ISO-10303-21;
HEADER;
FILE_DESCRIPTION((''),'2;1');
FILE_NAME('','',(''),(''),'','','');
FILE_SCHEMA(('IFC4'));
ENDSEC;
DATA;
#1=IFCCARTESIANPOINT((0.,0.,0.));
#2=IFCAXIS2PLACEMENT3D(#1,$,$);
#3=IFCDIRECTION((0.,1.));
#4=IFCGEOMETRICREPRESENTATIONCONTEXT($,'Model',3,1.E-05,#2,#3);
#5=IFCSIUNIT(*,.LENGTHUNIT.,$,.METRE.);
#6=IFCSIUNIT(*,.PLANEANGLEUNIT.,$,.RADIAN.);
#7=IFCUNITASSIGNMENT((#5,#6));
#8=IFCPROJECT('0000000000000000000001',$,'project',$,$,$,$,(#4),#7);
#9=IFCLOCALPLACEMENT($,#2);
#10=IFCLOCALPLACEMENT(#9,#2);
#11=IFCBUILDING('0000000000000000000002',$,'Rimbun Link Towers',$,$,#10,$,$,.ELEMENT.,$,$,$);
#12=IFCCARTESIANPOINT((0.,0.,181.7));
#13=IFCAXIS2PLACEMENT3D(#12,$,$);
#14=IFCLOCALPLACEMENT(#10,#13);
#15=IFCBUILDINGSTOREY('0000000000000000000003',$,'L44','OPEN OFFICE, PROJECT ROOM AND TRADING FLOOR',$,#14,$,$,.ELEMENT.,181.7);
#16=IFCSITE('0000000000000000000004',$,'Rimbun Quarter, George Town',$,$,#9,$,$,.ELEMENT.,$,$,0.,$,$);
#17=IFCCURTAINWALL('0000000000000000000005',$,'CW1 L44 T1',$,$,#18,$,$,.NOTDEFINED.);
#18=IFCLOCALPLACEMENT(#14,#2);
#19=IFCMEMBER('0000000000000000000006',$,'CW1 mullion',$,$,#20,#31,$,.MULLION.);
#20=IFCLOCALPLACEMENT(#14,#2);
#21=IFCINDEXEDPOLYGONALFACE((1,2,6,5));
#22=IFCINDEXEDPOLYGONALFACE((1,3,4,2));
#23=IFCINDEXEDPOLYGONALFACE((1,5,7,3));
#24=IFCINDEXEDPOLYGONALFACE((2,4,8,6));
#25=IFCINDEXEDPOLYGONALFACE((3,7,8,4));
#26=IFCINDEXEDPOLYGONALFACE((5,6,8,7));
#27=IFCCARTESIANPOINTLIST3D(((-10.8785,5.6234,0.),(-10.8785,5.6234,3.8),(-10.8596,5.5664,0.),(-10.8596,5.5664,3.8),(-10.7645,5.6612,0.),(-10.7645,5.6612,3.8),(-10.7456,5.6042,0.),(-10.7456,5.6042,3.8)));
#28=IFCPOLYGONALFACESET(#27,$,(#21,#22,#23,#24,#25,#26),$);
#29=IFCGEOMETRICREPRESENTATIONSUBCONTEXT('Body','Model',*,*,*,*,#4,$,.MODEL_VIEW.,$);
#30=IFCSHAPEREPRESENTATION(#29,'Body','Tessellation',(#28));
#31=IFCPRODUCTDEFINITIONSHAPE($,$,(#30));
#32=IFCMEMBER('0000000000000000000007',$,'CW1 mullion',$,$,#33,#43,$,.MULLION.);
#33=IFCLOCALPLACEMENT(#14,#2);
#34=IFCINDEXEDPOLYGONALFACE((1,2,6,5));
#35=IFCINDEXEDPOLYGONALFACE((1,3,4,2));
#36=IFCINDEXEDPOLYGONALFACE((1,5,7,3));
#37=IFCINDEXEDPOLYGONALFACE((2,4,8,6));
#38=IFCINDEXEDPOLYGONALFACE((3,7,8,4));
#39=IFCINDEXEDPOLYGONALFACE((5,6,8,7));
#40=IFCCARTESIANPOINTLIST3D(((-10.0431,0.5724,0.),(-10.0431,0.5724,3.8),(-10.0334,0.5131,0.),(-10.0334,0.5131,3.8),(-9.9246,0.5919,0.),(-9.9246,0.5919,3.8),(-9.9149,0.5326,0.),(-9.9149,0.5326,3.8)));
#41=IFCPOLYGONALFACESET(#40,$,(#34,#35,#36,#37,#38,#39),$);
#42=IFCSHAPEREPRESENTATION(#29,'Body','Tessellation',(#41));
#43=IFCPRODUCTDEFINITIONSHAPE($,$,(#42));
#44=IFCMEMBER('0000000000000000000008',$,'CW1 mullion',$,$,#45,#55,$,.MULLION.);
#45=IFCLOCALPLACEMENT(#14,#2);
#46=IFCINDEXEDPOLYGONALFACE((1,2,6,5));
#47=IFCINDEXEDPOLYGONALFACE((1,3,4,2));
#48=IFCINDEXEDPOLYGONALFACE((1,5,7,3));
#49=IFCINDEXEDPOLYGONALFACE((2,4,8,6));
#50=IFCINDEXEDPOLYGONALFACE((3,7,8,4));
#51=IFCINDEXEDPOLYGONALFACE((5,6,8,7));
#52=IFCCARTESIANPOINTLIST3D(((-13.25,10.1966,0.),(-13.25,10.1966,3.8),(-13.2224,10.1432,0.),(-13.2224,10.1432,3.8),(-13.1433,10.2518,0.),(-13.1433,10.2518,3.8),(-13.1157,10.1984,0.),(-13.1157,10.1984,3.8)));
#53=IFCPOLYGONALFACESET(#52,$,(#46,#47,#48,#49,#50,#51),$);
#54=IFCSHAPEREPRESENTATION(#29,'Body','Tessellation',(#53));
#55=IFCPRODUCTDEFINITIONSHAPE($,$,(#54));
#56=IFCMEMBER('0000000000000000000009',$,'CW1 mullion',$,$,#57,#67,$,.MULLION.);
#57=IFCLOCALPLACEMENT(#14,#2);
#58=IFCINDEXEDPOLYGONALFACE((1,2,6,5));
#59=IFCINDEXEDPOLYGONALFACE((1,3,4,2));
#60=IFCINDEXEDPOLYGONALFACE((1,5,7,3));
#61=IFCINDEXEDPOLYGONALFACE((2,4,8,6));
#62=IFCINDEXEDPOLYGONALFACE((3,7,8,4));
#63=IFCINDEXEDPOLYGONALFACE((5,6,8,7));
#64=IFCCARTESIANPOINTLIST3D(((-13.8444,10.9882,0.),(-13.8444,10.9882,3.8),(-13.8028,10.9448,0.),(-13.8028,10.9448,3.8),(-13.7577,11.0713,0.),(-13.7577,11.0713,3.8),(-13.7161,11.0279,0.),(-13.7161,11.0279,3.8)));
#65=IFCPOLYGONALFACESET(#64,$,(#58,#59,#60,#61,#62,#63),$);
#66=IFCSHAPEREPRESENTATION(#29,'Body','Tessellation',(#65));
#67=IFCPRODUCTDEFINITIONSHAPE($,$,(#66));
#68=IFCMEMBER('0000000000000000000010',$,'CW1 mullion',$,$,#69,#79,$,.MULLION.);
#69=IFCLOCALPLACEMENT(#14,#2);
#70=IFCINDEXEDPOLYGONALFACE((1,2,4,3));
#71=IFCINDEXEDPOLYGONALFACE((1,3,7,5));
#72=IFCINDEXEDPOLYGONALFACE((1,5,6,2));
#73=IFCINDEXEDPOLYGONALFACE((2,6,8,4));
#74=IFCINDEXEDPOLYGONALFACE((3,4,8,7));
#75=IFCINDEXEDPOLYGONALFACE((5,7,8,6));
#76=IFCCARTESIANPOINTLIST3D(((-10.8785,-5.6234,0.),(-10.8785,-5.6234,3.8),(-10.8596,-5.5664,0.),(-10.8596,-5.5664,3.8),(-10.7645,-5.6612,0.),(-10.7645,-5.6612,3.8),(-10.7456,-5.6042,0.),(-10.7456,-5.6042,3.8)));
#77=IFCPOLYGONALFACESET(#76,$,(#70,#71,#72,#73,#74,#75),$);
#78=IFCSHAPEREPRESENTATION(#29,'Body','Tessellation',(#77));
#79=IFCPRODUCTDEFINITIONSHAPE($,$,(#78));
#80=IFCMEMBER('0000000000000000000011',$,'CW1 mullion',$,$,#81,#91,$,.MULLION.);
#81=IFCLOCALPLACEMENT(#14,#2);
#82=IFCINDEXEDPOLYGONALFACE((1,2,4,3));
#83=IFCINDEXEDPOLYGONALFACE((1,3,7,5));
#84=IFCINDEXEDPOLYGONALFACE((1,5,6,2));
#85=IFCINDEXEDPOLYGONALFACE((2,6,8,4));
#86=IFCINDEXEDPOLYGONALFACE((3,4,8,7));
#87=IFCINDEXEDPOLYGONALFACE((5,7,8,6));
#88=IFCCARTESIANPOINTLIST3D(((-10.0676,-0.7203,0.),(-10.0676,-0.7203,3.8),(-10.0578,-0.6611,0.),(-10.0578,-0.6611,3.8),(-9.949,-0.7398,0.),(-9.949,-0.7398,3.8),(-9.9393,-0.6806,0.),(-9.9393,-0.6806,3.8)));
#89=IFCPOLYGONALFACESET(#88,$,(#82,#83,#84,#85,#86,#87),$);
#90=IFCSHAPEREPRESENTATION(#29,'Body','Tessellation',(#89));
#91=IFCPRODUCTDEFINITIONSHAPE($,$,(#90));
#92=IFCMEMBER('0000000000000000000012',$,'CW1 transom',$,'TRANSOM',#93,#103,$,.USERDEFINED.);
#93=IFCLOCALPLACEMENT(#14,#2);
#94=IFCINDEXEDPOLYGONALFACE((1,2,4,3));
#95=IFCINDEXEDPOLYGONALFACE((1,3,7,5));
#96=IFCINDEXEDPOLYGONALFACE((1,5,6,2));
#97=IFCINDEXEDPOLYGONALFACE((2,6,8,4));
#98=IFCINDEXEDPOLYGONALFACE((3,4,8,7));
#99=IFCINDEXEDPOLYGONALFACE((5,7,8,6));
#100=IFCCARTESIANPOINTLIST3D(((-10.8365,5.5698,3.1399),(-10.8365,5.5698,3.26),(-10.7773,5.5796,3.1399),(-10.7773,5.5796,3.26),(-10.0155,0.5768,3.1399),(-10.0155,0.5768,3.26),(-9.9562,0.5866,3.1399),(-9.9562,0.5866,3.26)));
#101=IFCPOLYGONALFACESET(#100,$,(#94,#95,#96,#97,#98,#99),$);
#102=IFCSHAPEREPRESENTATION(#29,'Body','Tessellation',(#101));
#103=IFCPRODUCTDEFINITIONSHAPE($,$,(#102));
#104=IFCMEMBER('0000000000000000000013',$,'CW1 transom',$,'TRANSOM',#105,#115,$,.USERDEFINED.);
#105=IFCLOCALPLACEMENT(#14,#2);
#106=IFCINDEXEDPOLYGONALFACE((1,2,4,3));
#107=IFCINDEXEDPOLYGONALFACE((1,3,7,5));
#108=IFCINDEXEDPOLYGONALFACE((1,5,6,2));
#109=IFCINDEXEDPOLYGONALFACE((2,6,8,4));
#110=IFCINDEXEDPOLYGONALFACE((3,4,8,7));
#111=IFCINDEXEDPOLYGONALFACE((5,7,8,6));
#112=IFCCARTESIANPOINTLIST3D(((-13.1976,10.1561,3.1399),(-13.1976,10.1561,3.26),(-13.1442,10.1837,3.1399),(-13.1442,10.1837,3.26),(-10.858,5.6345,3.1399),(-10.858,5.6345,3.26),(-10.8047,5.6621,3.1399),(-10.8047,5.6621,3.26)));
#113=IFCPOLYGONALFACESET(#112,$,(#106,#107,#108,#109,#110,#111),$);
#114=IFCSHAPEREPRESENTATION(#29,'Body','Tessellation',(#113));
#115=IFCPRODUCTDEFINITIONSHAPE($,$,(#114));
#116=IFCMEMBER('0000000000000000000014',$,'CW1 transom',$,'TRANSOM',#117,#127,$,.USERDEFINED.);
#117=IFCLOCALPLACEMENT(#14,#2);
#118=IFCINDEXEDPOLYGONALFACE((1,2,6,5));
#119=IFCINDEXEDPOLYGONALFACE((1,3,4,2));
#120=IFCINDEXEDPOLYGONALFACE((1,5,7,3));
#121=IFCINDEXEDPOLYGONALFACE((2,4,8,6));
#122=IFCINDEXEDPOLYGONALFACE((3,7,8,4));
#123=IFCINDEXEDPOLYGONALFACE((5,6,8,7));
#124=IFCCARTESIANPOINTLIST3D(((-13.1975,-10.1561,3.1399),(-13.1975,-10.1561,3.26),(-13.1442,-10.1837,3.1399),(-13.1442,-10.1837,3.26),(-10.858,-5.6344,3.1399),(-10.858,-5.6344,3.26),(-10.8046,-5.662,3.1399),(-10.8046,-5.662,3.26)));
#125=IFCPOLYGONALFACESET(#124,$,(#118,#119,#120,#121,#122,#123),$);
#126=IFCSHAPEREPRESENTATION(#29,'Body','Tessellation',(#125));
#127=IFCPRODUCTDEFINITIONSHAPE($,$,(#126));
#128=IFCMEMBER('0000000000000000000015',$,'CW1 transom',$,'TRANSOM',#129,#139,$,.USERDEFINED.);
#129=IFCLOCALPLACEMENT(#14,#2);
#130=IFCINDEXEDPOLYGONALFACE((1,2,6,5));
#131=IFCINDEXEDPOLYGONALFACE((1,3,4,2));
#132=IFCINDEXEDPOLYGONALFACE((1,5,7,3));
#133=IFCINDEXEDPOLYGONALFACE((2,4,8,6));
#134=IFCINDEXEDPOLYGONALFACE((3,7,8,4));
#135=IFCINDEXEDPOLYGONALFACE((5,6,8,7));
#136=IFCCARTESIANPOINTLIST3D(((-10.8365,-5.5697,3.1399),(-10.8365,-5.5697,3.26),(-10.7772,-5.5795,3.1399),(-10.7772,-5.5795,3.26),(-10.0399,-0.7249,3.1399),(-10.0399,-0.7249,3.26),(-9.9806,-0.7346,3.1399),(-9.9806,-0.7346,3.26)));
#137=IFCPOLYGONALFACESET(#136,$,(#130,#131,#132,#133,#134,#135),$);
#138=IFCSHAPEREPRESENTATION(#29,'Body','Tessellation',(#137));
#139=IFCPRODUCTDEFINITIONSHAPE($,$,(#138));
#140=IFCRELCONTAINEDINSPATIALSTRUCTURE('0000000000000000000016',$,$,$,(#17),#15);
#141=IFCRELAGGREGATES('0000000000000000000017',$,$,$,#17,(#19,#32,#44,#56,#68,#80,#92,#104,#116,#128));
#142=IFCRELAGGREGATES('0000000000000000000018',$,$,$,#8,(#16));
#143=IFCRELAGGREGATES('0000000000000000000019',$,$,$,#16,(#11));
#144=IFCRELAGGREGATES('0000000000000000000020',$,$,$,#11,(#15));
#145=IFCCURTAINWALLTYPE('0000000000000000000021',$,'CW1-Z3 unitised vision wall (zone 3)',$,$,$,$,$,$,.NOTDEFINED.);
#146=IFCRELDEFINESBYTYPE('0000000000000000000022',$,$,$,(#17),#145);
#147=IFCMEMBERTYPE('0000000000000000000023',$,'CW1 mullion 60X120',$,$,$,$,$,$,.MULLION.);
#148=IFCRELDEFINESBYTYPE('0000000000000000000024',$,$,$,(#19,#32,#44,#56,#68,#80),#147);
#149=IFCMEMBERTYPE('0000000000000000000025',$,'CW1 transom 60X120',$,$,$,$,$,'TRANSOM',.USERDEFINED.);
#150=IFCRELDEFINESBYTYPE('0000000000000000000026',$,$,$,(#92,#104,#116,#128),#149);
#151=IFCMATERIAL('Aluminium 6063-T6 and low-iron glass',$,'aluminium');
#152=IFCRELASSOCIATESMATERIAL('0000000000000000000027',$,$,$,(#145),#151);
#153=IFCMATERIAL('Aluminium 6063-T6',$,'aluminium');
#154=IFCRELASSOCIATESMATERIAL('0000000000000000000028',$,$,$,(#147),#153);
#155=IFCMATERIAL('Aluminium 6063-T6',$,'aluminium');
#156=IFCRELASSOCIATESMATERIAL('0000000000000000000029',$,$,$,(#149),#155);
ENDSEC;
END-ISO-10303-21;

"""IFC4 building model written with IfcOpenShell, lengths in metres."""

from ifc_helpers import new_model, si_unit, direction, frame, origin, origin_2d, place, context, subcontext, project, spatial, rectangle, extrude, material, material_profile, profile_set, type_object, element, aggregate, save


model = new_model("IFC4")

# Units and contexts
model_context = context("Model", 3, precision=1e-05, world=origin(), true_north=direction((0.0, 1.0)))
body_context = subcontext(model_context, "Body", "Model", "MODEL_VIEW")
ifc_project = project(units=[si_unit("LENGTHUNIT", "METRE"), si_unit("PLANEANGLEUNIT", "RADIAN")], contexts=[model_context])

# Site, building, storey
site_placement = place(None, origin())
site = spatial("IfcSite", under=ifc_project, at=site_placement, Name="Rimbun Quarter, George Town", CompositionType="ELEMENT", RefElevation=0.0)
building_placement = place(site_placement, origin())
building = spatial("IfcBuilding", under=site, at=building_placement, Name="Rimbun Link Towers", CompositionType="ELEMENT")
storey_placement = place(building_placement, frame((0.0, 0.0, 181.7)))
storey = spatial("IfcBuildingStorey", under=building, at=storey_placement, Name="L44", Description="OPEN OFFICE, PROJECT ROOM AND TRADING FLOOR", CompositionType="ELEMENT", Elevation=181.7)

# Curtain wall, members
ifc_material_1 = material(Name="Aluminium 6063-T6 and low-iron glass", Category="aluminium")
curtain_wall_type = type_object("IfcCurtainWallType", Name="CW1-Z3 unitised vision wall (zone 3)", PredefinedType="NOTDEFINED", material=ifc_material_1)
curtain_wall_placement = place(storey_placement, origin())
curtain_wall = element("IfcCurtainWall", 1, at=curtain_wall_placement, inside=storey, type_object=curtain_wall_type, Name="CW1 L44 T1", PredefinedType="NOTDEFINED")
ifc_material_2 = material(Name="Aluminium 6063-T6", Category="aluminium")
ifc_material_profile_1 = material_profile(ifc_material_2, rectangle(XDim=0.1201, YDim=0.0601, at=origin_2d()), Name="MULLION 60X120")
ifc_profile_set_1 = profile_set([ifc_material_profile_1], Name="Aluminium 6063-T6")
member_type_1 = type_object("IfcMemberType", Name="CW1 mullion 60X120", PredefinedType="MULLION", material=ifc_profile_set_1)
member_1_placement = place(storey_placement, frame((-10.812, 5.6138, 0.0), z_axis=(0.0, 0.0, 1.0), x_axis=(0.949162, 0.314788, 0.0)))
member_1 = element("IfcMember", 2, at=member_1_placement, type_object=member_type_1, Name="CW1 mullion", PredefinedType="MULLION", context=body_context, shape_type="SweptSolid", body=[
    extrude(rectangle(XDim=0.1201, YDim=0.0601, at=origin_2d()), origin(), (0.0, 0.0, 1.0), 3.8),
])
member_2_placement = place(storey_placement, frame((-9.979, 0.5525, 0.0), z_axis=(0.0, 0.0, 1.0), x_axis=(0.986749, 0.162254, 0.0)))
member_2 = element("IfcMember", 3, at=member_2_placement, type_object=member_type_1, Name="CW1 mullion", PredefinedType="MULLION", context=body_context, shape_type="SweptSolid", body=[
    extrude(rectangle(XDim=0.1201, YDim=0.0601, at=origin_2d()), origin(), (0.0, 0.0, 1.0), 3.8),
])
member_3_placement = place(storey_placement, frame((-13.1829, 10.1975, 0.0), z_axis=(0.0, 0.0, 1.0), x_axis=(0.88815, 0.459554, 0.0)))
member_3 = element("IfcMember", 4, at=member_3_placement, type_object=member_type_1, Name="CW1 mullion", PredefinedType="MULLION", context=body_context, shape_type="SweptSolid", body=[
    extrude(rectangle(XDim=0.1201, YDim=0.0601, at=origin_2d()), origin(), (0.0, 0.0, 1.0), 3.8),
])
member_4_placement = place(storey_placement, frame((-13.7803, 11.0081, 0.0), z_axis=(0.0, 0.0, 1.0), x_axis=(0.721843, 0.692057, 0.0)))
member_4 = element("IfcMember", 5, at=member_4_placement, type_object=member_type_1, Name="CW1 mullion", PredefinedType="MULLION", context=body_context, shape_type="SweptSolid", body=[
    extrude(rectangle(XDim=0.1201, YDim=0.0601, at=origin_2d()), origin(), (0.0, 0.0, 1.0), 3.8),
])
member_5_placement = place(storey_placement, frame((-10.812, -5.6138, 0.0), z_axis=(0.0, 0.0, 1.0), x_axis=(0.949162, -0.314788, 0.0)))
member_5 = element("IfcMember", 6, at=member_5_placement, type_object=member_type_1, Name="CW1 mullion", PredefinedType="MULLION", context=body_context, shape_type="SweptSolid", body=[
    extrude(rectangle(XDim=0.1201, YDim=0.0601, at=origin_2d()), origin(), (0.0, 0.0, 1.0), 3.8),
])
member_6_placement = place(storey_placement, frame((-10.0034, -0.7004, 0.0), z_axis=(0.0, 0.0, 1.0), x_axis=(0.986749, -0.162254, 0.0)))
member_6 = element("IfcMember", 7, at=member_6_placement, type_object=member_type_1, Name="CW1 mullion", PredefinedType="MULLION", context=body_context, shape_type="SweptSolid", body=[
    extrude(rectangle(XDim=0.1201, YDim=0.0601, at=origin_2d()), origin(), (0.0, 0.0, 1.0), 3.8),
])
ifc_material_3 = material(Name="Aluminium 6063-T6", Category="aluminium")
ifc_material_profile_2 = material_profile(ifc_material_3, rectangle(XDim=0.0601, YDim=0.1201, at=origin_2d()), Name="TRANSOM 60X120")
ifc_profile_set_2 = profile_set([ifc_material_profile_2], Name="Aluminium 6063-T6")
member_type_2 = type_object("IfcMemberType", Name="CW1 transom 60X120", ElementType="TRANSOM", PredefinedType="USERDEFINED", material=ifc_profile_set_2)
member_7_placement = place(storey_placement, frame((-10.8069, 5.5747, 3.2), z_axis=(0.162263, -0.986748, 0.0), x_axis=(0.986748, 0.162263, 0.0)))
member_7 = element("IfcMember", 8, at=member_7_placement, type_object=member_type_2, Name="CW1 transom", ObjectType="TRANSOM", PredefinedType="USERDEFINED", context=body_context, shape_type="SweptSolid", body=[
    extrude(rectangle(XDim=0.0601, YDim=0.1201, at=origin_2d()), origin(), (0.0, 0.0, 1.0), 5.0601),
])
member_8_placement = place(storey_placement, frame((-13.1709, 10.1699, 3.2), z_axis=(0.459543, -0.888156, 0.0), x_axis=(0.888156, 0.459543, 0.0)))
member_8 = element("IfcMember", 9, at=member_8_placement, type_object=member_type_2, Name="CW1 transom", ObjectType="TRANSOM", PredefinedType="USERDEFINED", context=body_context, shape_type="SweptSolid", body=[
    extrude(rectangle(XDim=0.0601, YDim=0.1201, at=origin_2d()), origin(), (0.0, 0.0, 1.0), 5.0911),
])
member_9_placement = place(storey_placement, frame((-10.8313, -5.6482, 3.2), z_axis=(-0.459543, -0.888156, 0.0), x_axis=(0.888156, -0.459543, 0.0)))
member_9 = element("IfcMember", 10, at=member_9_placement, type_object=member_type_2, Name="CW1 transom", ObjectType="TRANSOM", PredefinedType="USERDEFINED", context=body_context, shape_type="SweptSolid", body=[
    extrude(rectangle(XDim=0.0601, YDim=0.1201, at=origin_2d()), origin(), (0.0, 0.0, 1.0), 5.0911),
])
member_10_placement = place(storey_placement, frame((-10.0103, -0.7297, 3.2), z_axis=(-0.162246, -0.98675, 0.0), x_axis=(0.98675, -0.162246, 0.0)))
member_10 = element("IfcMember", 11, at=member_10_placement, type_object=member_type_2, Name="CW1 transom", ObjectType="TRANSOM", PredefinedType="USERDEFINED", context=body_context, shape_type="SweptSolid", body=[
    extrude(rectangle(XDim=0.0601, YDim=0.1201, at=origin_2d()), origin(), (0.0, 0.0, 1.0), 4.9099),
])

aggregate(curtain_wall, [member_1, member_2, member_3, member_4, member_5, member_6, member_7, member_8, member_9, member_10])

save(model, "model.ifc")
